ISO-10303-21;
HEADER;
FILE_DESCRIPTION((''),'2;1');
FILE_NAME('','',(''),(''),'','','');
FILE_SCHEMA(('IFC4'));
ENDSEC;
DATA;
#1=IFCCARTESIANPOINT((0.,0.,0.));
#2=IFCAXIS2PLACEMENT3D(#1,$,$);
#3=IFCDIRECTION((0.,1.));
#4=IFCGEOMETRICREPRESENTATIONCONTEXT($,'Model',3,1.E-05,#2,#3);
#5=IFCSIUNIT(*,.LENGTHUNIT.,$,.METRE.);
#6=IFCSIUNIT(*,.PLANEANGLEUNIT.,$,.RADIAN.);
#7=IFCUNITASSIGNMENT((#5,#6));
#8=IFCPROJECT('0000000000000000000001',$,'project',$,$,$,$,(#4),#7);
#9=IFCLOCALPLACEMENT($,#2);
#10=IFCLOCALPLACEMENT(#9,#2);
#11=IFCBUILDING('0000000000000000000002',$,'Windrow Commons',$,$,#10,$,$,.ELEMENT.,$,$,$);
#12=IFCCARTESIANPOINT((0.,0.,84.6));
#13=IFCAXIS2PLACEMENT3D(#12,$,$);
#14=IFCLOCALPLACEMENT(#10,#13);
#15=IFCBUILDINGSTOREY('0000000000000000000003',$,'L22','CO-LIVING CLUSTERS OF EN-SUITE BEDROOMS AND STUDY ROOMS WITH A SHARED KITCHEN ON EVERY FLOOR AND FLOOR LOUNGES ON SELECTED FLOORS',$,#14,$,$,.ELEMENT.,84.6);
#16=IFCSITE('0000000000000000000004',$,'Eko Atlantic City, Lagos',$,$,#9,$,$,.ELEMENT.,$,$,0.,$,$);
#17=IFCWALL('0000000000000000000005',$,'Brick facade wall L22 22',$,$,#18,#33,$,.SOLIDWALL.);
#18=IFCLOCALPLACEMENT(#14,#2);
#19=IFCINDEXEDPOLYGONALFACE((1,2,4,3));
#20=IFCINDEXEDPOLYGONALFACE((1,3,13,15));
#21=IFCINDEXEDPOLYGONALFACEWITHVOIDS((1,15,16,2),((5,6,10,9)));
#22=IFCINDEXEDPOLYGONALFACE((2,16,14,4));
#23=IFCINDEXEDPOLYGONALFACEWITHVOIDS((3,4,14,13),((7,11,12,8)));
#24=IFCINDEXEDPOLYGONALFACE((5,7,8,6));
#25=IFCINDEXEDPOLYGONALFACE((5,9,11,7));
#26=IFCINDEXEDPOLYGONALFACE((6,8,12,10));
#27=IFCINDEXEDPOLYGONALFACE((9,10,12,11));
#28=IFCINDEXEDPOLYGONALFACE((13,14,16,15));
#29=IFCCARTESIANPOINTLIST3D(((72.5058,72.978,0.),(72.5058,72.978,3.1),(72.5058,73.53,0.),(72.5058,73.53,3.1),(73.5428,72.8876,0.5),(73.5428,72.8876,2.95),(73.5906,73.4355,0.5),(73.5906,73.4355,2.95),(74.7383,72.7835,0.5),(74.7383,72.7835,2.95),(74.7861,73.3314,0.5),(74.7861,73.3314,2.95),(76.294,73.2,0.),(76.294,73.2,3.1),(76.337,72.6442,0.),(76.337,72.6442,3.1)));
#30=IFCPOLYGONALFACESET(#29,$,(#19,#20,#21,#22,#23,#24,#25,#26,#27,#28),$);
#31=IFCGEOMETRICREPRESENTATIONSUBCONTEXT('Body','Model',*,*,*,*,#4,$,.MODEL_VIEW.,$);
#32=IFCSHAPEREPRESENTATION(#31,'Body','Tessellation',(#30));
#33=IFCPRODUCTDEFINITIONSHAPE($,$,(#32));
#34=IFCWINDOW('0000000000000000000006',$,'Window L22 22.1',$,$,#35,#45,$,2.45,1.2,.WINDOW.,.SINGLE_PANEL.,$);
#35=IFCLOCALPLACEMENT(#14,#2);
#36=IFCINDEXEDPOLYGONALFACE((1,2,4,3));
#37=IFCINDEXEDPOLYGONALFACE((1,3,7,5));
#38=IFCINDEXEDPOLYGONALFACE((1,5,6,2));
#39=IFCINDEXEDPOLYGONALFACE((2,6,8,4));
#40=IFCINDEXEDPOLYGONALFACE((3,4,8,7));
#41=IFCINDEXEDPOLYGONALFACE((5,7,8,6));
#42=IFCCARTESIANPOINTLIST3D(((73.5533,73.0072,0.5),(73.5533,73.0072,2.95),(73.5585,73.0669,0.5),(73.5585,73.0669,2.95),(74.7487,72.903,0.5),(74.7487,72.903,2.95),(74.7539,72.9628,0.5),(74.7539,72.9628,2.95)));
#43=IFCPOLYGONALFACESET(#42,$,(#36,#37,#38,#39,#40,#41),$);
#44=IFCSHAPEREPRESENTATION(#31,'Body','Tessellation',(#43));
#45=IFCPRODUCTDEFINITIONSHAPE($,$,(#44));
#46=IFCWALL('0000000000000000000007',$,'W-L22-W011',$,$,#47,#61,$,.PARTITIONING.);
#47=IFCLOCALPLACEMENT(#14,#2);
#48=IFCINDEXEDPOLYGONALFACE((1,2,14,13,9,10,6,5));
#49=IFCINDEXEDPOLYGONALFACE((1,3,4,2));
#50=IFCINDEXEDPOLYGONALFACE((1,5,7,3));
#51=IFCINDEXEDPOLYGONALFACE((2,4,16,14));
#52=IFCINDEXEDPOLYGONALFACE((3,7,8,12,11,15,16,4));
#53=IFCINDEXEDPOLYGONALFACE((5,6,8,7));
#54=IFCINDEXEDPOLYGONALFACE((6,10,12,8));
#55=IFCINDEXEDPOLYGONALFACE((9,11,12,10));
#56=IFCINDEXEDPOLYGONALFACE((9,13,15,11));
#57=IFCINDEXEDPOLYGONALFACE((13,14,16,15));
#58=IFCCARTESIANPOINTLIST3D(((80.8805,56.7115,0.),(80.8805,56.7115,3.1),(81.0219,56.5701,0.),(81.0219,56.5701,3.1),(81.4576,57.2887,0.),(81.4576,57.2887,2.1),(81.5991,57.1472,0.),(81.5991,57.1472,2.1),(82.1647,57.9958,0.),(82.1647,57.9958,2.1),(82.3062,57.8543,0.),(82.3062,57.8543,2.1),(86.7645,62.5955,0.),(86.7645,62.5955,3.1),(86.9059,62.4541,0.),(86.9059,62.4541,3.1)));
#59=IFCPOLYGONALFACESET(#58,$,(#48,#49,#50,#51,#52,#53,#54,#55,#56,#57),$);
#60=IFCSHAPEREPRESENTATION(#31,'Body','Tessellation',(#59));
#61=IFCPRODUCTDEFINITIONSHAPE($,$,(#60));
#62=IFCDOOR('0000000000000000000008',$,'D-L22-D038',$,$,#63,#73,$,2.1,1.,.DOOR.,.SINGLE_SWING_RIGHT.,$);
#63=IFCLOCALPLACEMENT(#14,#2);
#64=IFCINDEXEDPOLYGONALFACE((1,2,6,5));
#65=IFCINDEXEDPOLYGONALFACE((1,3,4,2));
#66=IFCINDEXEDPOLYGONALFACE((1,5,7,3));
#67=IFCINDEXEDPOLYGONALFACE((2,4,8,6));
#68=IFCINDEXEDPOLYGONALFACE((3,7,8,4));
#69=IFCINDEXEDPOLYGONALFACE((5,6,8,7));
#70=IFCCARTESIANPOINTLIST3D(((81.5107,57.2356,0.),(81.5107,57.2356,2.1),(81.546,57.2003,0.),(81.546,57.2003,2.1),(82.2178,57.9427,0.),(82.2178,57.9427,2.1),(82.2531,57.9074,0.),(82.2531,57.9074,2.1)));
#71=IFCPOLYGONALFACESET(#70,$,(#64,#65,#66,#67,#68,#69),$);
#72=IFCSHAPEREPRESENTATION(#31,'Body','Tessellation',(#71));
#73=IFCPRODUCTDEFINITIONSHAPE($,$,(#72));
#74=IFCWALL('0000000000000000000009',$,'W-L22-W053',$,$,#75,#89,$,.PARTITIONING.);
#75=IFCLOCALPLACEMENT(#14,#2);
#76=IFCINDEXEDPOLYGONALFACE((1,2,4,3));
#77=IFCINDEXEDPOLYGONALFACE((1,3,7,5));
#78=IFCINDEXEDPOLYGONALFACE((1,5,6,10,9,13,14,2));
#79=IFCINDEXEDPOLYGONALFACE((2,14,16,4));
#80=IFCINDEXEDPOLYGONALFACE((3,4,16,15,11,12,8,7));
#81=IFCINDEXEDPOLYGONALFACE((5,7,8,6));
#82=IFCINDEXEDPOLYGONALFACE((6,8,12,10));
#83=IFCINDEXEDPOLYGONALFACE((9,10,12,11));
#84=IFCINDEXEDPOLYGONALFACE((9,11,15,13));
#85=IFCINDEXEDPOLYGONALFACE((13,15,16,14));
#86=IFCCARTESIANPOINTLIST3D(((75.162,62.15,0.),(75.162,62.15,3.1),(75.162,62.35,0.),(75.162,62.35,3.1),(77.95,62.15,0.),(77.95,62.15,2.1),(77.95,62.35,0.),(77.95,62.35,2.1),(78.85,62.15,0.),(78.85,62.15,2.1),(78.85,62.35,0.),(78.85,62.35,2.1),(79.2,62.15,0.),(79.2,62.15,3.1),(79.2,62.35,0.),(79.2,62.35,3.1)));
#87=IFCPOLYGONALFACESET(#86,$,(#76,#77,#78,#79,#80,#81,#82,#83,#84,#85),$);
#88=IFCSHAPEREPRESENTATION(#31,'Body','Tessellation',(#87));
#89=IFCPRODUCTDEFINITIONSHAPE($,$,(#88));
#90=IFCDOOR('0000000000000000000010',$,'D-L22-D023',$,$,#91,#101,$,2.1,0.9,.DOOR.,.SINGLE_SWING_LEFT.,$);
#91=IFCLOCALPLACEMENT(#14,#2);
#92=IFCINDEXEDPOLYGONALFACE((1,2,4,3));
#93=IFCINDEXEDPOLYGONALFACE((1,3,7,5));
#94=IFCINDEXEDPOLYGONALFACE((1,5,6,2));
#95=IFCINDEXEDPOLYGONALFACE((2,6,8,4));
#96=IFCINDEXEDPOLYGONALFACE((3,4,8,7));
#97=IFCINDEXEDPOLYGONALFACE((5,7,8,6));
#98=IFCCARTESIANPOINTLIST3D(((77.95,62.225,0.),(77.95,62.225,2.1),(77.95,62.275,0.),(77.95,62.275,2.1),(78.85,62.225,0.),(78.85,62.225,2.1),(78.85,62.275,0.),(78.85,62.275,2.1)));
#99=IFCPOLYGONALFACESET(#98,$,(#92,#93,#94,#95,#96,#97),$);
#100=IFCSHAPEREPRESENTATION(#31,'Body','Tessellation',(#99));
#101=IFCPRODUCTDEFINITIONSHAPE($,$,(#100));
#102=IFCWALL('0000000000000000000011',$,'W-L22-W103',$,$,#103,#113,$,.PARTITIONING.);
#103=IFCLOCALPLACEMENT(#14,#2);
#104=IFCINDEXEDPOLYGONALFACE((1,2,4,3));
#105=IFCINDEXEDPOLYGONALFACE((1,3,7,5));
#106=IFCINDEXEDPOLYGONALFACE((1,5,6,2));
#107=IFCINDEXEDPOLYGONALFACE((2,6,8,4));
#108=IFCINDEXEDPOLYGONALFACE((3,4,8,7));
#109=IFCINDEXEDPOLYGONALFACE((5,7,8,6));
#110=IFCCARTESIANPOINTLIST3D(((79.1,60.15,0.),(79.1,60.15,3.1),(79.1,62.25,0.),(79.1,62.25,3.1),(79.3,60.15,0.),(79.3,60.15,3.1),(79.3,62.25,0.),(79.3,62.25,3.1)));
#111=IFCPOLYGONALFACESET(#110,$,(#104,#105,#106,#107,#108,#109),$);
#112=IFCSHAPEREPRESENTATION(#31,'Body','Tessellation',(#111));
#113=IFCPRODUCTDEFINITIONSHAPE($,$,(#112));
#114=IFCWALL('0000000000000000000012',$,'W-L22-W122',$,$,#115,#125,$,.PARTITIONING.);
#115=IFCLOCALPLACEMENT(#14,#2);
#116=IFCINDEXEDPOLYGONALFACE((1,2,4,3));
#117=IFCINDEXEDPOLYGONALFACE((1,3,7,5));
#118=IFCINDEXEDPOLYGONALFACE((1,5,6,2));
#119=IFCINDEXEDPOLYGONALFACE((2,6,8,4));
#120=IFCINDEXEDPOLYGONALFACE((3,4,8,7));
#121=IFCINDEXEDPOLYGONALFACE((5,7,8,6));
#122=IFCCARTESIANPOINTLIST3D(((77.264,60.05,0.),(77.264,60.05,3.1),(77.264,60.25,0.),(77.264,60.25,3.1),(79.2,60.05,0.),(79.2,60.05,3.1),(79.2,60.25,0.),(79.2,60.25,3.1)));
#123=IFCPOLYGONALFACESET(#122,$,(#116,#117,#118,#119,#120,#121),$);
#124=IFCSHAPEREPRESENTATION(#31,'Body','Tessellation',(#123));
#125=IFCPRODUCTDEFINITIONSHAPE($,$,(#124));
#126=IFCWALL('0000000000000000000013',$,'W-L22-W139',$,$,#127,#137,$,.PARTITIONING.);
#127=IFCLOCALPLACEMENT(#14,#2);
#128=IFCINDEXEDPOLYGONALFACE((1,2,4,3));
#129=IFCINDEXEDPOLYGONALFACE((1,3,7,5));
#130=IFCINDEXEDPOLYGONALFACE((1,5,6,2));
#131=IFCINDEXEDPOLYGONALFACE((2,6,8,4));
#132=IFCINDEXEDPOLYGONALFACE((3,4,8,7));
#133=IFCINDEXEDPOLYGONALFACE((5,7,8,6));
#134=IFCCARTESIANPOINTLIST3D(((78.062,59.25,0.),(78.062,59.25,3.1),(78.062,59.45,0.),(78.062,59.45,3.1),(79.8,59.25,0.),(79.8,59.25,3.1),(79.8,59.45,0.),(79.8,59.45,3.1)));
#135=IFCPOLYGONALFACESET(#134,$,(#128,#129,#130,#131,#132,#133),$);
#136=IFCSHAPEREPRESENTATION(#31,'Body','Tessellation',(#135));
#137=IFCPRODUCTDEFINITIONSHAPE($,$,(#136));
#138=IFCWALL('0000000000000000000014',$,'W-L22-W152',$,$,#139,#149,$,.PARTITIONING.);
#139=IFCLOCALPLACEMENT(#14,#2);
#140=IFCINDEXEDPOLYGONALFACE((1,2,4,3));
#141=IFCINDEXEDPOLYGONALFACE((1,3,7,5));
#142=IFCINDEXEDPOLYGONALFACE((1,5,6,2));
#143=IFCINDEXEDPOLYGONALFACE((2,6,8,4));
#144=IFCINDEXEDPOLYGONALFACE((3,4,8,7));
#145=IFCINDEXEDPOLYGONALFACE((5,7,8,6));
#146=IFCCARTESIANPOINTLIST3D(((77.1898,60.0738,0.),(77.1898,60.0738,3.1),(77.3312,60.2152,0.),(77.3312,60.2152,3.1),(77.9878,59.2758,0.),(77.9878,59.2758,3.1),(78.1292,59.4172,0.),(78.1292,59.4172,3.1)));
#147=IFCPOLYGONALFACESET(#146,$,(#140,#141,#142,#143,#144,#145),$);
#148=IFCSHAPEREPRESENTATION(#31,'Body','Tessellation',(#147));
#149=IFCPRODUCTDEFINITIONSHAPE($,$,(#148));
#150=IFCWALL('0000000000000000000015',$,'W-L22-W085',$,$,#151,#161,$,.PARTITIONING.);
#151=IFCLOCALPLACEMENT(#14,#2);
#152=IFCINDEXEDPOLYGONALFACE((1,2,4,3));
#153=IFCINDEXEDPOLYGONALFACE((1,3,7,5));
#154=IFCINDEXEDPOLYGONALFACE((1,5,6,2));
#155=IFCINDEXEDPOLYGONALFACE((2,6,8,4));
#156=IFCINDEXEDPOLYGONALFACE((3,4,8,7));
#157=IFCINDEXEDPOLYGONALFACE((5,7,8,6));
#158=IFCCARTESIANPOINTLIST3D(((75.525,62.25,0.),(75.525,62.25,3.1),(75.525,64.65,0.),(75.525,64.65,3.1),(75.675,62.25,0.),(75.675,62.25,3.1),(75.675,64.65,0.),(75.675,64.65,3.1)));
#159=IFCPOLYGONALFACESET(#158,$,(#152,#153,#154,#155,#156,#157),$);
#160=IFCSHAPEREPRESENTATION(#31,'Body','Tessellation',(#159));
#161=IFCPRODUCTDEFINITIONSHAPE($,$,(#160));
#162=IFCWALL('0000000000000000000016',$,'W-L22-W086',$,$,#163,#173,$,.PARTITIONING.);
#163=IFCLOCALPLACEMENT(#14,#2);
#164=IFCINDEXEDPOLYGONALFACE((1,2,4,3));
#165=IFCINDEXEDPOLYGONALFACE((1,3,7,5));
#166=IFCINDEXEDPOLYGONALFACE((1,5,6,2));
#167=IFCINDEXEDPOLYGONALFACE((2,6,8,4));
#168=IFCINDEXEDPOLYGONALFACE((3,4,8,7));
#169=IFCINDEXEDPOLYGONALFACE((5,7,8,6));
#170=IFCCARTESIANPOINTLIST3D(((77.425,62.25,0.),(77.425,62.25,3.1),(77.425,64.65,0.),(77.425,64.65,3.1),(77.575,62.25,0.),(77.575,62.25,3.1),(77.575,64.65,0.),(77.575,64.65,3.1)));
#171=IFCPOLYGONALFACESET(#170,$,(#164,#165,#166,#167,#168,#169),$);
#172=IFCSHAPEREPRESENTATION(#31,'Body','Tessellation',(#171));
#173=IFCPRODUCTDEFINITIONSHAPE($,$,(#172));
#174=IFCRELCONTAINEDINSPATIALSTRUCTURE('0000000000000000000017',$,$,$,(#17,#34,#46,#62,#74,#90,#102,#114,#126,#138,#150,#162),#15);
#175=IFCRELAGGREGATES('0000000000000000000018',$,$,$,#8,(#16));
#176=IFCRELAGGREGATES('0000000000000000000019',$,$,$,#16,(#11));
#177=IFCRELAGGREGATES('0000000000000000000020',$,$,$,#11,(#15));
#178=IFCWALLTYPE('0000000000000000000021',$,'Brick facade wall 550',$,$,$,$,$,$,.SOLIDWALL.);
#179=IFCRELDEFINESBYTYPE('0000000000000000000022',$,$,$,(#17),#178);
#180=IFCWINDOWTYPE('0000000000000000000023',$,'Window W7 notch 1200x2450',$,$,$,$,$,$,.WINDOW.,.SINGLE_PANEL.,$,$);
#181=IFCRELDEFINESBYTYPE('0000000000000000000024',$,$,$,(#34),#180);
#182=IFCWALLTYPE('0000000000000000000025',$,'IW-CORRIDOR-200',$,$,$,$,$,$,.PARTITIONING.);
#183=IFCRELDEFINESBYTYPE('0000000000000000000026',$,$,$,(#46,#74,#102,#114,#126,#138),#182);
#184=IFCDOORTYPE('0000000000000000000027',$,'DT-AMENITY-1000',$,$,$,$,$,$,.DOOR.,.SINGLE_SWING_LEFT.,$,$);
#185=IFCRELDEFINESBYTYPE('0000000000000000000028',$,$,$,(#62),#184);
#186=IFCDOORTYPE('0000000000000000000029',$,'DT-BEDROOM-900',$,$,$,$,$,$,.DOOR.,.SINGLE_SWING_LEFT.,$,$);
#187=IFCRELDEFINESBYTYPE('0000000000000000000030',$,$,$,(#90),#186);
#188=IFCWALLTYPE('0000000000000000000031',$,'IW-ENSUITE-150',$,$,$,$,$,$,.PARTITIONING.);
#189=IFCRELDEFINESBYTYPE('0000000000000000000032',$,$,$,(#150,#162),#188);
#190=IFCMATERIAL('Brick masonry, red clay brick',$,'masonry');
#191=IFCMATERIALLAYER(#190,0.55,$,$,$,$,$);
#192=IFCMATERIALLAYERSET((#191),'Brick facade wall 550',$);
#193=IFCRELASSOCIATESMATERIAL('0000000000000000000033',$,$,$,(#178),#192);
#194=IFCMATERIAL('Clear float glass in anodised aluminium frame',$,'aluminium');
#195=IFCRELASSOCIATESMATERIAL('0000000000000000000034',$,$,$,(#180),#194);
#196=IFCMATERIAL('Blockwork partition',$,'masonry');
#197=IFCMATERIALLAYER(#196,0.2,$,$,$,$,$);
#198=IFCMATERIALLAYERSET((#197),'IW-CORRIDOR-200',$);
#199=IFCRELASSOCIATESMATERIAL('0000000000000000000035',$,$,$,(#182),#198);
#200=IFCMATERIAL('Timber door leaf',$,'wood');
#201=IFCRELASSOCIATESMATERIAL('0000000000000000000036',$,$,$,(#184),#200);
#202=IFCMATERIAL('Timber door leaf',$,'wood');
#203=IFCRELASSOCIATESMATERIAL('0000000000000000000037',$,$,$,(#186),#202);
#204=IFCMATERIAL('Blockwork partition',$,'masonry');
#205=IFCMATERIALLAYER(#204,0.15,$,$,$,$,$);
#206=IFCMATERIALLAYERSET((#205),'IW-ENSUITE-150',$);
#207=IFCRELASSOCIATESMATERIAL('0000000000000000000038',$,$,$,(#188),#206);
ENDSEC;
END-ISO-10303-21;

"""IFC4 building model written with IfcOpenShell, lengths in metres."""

from ifc_helpers import new_model, si_unit, direction, frame, frame_2d, origin, place, context, subcontext, project, spatial, polyline, rectangle, outline, extrude, material, layer, layer_set, type_object, element, fill, save


model = new_model("IFC4")

# Units and contexts
model_context = context("Model", 3, precision=1e-05, world=origin(), true_north=direction((0.0, 1.0)))
body_context = subcontext(model_context, "Body", "Model", "MODEL_VIEW")
ifc_project = project(units=[si_unit("LENGTHUNIT", "METRE"), si_unit("PLANEANGLEUNIT", "RADIAN")], contexts=[model_context])

# Site, building, storey
site_placement = place(None, origin())
site = spatial("IfcSite", under=ifc_project, at=site_placement, Name="Eko Atlantic City, Lagos", CompositionType="ELEMENT", RefElevation=0.0)
building_placement = place(site_placement, origin())
building = spatial("IfcBuilding", under=site, at=building_placement, Name="Windrow Commons", CompositionType="ELEMENT")
storey_placement = place(building_placement, frame((0.0, 0.0, 84.6)))
storey = spatial("IfcBuildingStorey", under=building, at=storey_placement, Name="L22", Description="CO-LIVING CLUSTERS OF EN-SUITE BEDROOMS AND STUDY ROOMS WITH A SHARED KITCHEN ON EVERY FLOOR AND FLOOR LOUNGES ON SELECTED FLOORS", CompositionType="ELEMENT", Elevation=84.6)

# Wall, opening, window
ifc_material_1 = material(Name="Brick masonry, red clay brick", Category="masonry")
ifc_layer_1 = layer(ifc_material_1, 0.55)
ifc_layer_set_1 = layer_set([ifc_layer_1], Name="Brick facade wall 550")
wall_type_1 = type_object("IfcWallType", Name="Brick facade wall 550", PredefinedType="SOLIDWALL", material=ifc_layer_set_1)
ifc_material_2 = material(Name="Clear float glass in anodised aluminium frame", Category="aluminium")
window_type = type_object("IfcWindowType", Name="Window W7 notch 1200x2450", PartitioningType="SINGLE_PANEL", PredefinedType="WINDOW", material=ifc_material_2)
wall_1_placement = place(storey_placement, frame((76.3155, 72.9221, 0.0), z_axis=(0.0, 0.0, 1.0), x_axis=(-0.996227, 0.086791, 0.0)))
wall_1 = element("IfcWall", 1, at=wall_1_placement, inside=storey, type_object=wall_type_1, Name="Brick facade wall L22 22", PredefinedType="SOLIDWALL", context=body_context, shape_type="SweptSolid", body=[
    extrude(outline(polyline([(0.0455, -0.275), (3.8481, -0.275), (3.8002, 0.275), (-0.0455, 0.275), (0.0455, -0.275)])), origin(), (0.0, 0.0, 1.0), 3.1),
])
opening_1_placement = place(wall_1_placement, frame((1.5592, 0.0, 0.5)))
opening_1 = element("IfcOpeningElement", 2, at=opening_1_placement, cuts=wall_1, PredefinedType="OPENING", context=body_context, shape_type="SweptSolid", body=[
    extrude(rectangle(XDim=1.2, YDim=2.45, at=frame_2d((0.6, 1.225))), frame((0.0, 0.285, 0.0), z_axis=(0.0, -1.0, 0.0), x_axis=(1.0, 0.0, 0.0)), (0.0, 0.0, 1.0), 0.57),
])
window_1_placement = place(opening_1_placement, origin())
window_1 = element("IfcWindow", 3, at=window_1_placement, inside=storey, type_object=window_type, Name="Window L22 22.1", OverallHeight=2.45, OverallWidth=1.2, PartitioningType="SINGLE_PANEL", PredefinedType="WINDOW", context=body_context, shape_type="SweptSolid", body=[
    extrude(rectangle(XDim=1.2, YDim=2.45, at=frame_2d((0.6, 1.225))), frame((0.0, 0.155, 0.0), z_axis=(0.0, -1.0, 0.0), x_axis=(1.0, 0.0, 0.0)), (0.0, 0.0, 1.0), 0.06),
])
fill(opening_1, window_1)

# Walls, openings, doors
ifc_material_3 = material(Name="Blockwork partition", Category="masonry")
ifc_layer_2 = layer(ifc_material_3, 0.2)
ifc_layer_set_2 = layer_set([ifc_layer_2], Name="IW-CORRIDOR-200")
wall_type_2 = type_object("IfcWallType", Name="IW-CORRIDOR-200", PredefinedType="PARTITIONING", material=ifc_layer_set_2)
wall_2_placement = place(storey_placement, frame((80.9512, 56.6408, 0.0), z_axis=(0.0, 0.0, 1.0), x_axis=(0.707107, 0.707107, 0.0)))
wall_2 = element("IfcWall", 4, at=wall_2_placement, inside=storey, type_object=wall_type_2, Name="W-L22-W011", PredefinedType="PARTITIONING", context=body_context, shape_type="SweptSolid", body=[
    extrude(rectangle(XDim=8.3212, YDim=0.2, at=frame_2d((4.1606, 0.0))), origin(), (0.0, 0.0, 1.0), 3.1),
])
opening_2_placement = place(wall_2_placement, frame((0.8162, 0.0, 0.0)))
opening_2 = element("IfcOpeningElement", 5, at=opening_2_placement, cuts=wall_2, PredefinedType="OPENING", context=body_context, shape_type="SweptSolid", body=[
    extrude(rectangle(XDim=1.0, YDim=2.1, at=frame_2d((0.5, 1.05))), frame((0.0, 0.11, 0.0), z_axis=(0.0, -1.0, 0.0), x_axis=(1.0, 0.0, 0.0)), (0.0, 0.0, 1.0), 0.22),
])
ifc_material_4 = material(Name="Timber door leaf", Category="wood")
door_type_1 = type_object("IfcDoorType", Name="DT-AMENITY-1000", OperationType="SINGLE_SWING_LEFT", PredefinedType="DOOR", material=ifc_material_4)
door_1_placement = place(opening_2_placement, origin())
door_1 = element("IfcDoor", 6, at=door_1_placement, inside=storey, type_object=door_type_1, Name="D-L22-D038", OperationType="SINGLE_SWING_RIGHT", OverallHeight=2.1, OverallWidth=1.0, PredefinedType="DOOR", context=body_context, shape_type="SweptSolid", body=[
    extrude(rectangle(XDim=1.0, YDim=2.1, at=frame_2d((0.5, 1.05))), frame((0.0, 0.025, 0.0), z_axis=(0.0, -1.0, 0.0), x_axis=(1.0, 0.0, 0.0)), (0.0, 0.0, 1.0), 0.05),
])
fill(opening_2, door_1)
wall_3_placement = place(storey_placement, frame((75.162, 62.25, 0.0), z_axis=(0.0, 0.0, 1.0), x_axis=(1.0, 0.0, 0.0)))
wall_3 = element("IfcWall", 7, at=wall_3_placement, inside=storey, type_object=wall_type_2, Name="W-L22-W053", PredefinedType="PARTITIONING", context=body_context, shape_type="SweptSolid", body=[
    extrude(rectangle(XDim=4.038, YDim=0.2, at=frame_2d((2.019, 0.0))), origin(), (0.0, 0.0, 1.0), 3.1),
])
opening_3_placement = place(wall_3_placement, frame((2.788, 0.0, 0.0)))
opening_3 = element("IfcOpeningElement", 8, at=opening_3_placement, cuts=wall_3, PredefinedType="OPENING", context=body_context, shape_type="SweptSolid", body=[
    extrude(rectangle(XDim=0.9, YDim=2.1, at=frame_2d((0.45, 1.05))), frame((0.0, 0.11, 0.0), z_axis=(0.0, -1.0, 0.0), x_axis=(1.0, 0.0, 0.0)), (0.0, 0.0, 1.0), 0.22),
])
ifc_material_5 = material(Name="Timber door leaf", Category="wood")
door_type_2 = type_object("IfcDoorType", Name="DT-BEDROOM-900", OperationType="SINGLE_SWING_LEFT", PredefinedType="DOOR", material=ifc_material_5)
door_2_placement = place(opening_3_placement, origin())
door_2 = element("IfcDoor", 9, at=door_2_placement, inside=storey, type_object=door_type_2, Name="D-L22-D023", OperationType="SINGLE_SWING_LEFT", OverallHeight=2.1, OverallWidth=0.9, PredefinedType="DOOR", context=body_context, shape_type="SweptSolid", body=[
    extrude(rectangle(XDim=0.9, YDim=2.1, at=frame_2d((0.45, 1.05))), frame((0.0, 0.025, 0.0), z_axis=(0.0, -1.0, 0.0), x_axis=(1.0, 0.0, 0.0)), (0.0, 0.0, 1.0), 0.05),
])
fill(opening_3, door_2)

# Walls
wall_4_placement = place(storey_placement, frame((79.2, 60.15, 0.0), z_axis=(0.0, 0.0, 1.0), x_axis=(0.0, 1.0, 0.0)))
element("IfcWall", 10, at=wall_4_placement, inside=storey, type_object=wall_type_2, Name="W-L22-W103", PredefinedType="PARTITIONING", context=body_context, shape_type="SweptSolid", body=[
    extrude(rectangle(XDim=2.1, YDim=0.2, at=frame_2d((1.05, 0.0))), origin(), (0.0, 0.0, 1.0), 3.1),
])
wall_5_placement = place(storey_placement, frame((77.264, 60.15, 0.0), z_axis=(0.0, 0.0, 1.0), x_axis=(1.0, 0.0, 0.0)))
element("IfcWall", 11, at=wall_5_placement, inside=storey, type_object=wall_type_2, Name="W-L22-W122", PredefinedType="PARTITIONING", context=body_context, shape_type="SweptSolid", body=[
    extrude(rectangle(XDim=1.936, YDim=0.2, at=frame_2d((0.968, 0.0))), origin(), (0.0, 0.0, 1.0), 3.1),
])
wall_6_placement = place(storey_placement, frame((78.062, 59.35, 0.0), z_axis=(0.0, 0.0, 1.0), x_axis=(1.0, 0.0, 0.0)))
element("IfcWall", 12, at=wall_6_placement, inside=storey, type_object=wall_type_2, Name="W-L22-W139", PredefinedType="PARTITIONING", context=body_context, shape_type="SweptSolid", body=[
    extrude(rectangle(XDim=1.738, YDim=0.2, at=frame_2d((0.869, 0.0))), origin(), (0.0, 0.0, 1.0), 3.1),
])
wall_7_placement = place(storey_placement, frame((77.2605, 60.1445, 0.0), z_axis=(0.0, 0.0, 1.0), x_axis=(0.707107, -0.707107, 0.0)))
element("IfcWall", 13, at=wall_7_placement, inside=storey, type_object=wall_type_2, Name="W-L22-W152", PredefinedType="PARTITIONING", context=body_context, shape_type="SweptSolid", body=[
    extrude(rectangle(XDim=1.1285, YDim=0.2, at=frame_2d((0.5643, 0.0))), origin(), (0.0, 0.0, 1.0), 3.1),
])
ifc_material_6 = material(Name="Blockwork partition", Category="masonry")
ifc_layer_3 = layer(ifc_material_6, 0.15)
ifc_layer_set_3 = layer_set([ifc_layer_3], Name="IW-ENSUITE-150")
wall_type_3 = type_object("IfcWallType", Name="IW-ENSUITE-150", PredefinedType="PARTITIONING", material=ifc_layer_set_3)
for number, where, z_axis, x_axis, name in (
    (14, (75.6, 62.25, 0.0), (0.0, 0.0, 1.0), (0.0, 1.0, 0.0), "W-L22-W085"),
    (15, (77.5, 62.25, 0.0), (0.0, 0.0, 1.0), (0.0, 1.0, 0.0), "W-L22-W086"),
):
    element("IfcWall", number, at=place(storey_placement, frame(where, z_axis=z_axis, x_axis=x_axis)), inside=storey, type_object=wall_type_3, Name=name, PredefinedType="PARTITIONING", context=body_context, shape_type="SweptSolid", body=[
        extrude(rectangle(XDim=2.4, YDim=0.15, at=frame_2d((1.2, 0.0))), origin(), (0.0, 0.0, 1.0), 3.1),
    ])

save(model, "model.ifc")
